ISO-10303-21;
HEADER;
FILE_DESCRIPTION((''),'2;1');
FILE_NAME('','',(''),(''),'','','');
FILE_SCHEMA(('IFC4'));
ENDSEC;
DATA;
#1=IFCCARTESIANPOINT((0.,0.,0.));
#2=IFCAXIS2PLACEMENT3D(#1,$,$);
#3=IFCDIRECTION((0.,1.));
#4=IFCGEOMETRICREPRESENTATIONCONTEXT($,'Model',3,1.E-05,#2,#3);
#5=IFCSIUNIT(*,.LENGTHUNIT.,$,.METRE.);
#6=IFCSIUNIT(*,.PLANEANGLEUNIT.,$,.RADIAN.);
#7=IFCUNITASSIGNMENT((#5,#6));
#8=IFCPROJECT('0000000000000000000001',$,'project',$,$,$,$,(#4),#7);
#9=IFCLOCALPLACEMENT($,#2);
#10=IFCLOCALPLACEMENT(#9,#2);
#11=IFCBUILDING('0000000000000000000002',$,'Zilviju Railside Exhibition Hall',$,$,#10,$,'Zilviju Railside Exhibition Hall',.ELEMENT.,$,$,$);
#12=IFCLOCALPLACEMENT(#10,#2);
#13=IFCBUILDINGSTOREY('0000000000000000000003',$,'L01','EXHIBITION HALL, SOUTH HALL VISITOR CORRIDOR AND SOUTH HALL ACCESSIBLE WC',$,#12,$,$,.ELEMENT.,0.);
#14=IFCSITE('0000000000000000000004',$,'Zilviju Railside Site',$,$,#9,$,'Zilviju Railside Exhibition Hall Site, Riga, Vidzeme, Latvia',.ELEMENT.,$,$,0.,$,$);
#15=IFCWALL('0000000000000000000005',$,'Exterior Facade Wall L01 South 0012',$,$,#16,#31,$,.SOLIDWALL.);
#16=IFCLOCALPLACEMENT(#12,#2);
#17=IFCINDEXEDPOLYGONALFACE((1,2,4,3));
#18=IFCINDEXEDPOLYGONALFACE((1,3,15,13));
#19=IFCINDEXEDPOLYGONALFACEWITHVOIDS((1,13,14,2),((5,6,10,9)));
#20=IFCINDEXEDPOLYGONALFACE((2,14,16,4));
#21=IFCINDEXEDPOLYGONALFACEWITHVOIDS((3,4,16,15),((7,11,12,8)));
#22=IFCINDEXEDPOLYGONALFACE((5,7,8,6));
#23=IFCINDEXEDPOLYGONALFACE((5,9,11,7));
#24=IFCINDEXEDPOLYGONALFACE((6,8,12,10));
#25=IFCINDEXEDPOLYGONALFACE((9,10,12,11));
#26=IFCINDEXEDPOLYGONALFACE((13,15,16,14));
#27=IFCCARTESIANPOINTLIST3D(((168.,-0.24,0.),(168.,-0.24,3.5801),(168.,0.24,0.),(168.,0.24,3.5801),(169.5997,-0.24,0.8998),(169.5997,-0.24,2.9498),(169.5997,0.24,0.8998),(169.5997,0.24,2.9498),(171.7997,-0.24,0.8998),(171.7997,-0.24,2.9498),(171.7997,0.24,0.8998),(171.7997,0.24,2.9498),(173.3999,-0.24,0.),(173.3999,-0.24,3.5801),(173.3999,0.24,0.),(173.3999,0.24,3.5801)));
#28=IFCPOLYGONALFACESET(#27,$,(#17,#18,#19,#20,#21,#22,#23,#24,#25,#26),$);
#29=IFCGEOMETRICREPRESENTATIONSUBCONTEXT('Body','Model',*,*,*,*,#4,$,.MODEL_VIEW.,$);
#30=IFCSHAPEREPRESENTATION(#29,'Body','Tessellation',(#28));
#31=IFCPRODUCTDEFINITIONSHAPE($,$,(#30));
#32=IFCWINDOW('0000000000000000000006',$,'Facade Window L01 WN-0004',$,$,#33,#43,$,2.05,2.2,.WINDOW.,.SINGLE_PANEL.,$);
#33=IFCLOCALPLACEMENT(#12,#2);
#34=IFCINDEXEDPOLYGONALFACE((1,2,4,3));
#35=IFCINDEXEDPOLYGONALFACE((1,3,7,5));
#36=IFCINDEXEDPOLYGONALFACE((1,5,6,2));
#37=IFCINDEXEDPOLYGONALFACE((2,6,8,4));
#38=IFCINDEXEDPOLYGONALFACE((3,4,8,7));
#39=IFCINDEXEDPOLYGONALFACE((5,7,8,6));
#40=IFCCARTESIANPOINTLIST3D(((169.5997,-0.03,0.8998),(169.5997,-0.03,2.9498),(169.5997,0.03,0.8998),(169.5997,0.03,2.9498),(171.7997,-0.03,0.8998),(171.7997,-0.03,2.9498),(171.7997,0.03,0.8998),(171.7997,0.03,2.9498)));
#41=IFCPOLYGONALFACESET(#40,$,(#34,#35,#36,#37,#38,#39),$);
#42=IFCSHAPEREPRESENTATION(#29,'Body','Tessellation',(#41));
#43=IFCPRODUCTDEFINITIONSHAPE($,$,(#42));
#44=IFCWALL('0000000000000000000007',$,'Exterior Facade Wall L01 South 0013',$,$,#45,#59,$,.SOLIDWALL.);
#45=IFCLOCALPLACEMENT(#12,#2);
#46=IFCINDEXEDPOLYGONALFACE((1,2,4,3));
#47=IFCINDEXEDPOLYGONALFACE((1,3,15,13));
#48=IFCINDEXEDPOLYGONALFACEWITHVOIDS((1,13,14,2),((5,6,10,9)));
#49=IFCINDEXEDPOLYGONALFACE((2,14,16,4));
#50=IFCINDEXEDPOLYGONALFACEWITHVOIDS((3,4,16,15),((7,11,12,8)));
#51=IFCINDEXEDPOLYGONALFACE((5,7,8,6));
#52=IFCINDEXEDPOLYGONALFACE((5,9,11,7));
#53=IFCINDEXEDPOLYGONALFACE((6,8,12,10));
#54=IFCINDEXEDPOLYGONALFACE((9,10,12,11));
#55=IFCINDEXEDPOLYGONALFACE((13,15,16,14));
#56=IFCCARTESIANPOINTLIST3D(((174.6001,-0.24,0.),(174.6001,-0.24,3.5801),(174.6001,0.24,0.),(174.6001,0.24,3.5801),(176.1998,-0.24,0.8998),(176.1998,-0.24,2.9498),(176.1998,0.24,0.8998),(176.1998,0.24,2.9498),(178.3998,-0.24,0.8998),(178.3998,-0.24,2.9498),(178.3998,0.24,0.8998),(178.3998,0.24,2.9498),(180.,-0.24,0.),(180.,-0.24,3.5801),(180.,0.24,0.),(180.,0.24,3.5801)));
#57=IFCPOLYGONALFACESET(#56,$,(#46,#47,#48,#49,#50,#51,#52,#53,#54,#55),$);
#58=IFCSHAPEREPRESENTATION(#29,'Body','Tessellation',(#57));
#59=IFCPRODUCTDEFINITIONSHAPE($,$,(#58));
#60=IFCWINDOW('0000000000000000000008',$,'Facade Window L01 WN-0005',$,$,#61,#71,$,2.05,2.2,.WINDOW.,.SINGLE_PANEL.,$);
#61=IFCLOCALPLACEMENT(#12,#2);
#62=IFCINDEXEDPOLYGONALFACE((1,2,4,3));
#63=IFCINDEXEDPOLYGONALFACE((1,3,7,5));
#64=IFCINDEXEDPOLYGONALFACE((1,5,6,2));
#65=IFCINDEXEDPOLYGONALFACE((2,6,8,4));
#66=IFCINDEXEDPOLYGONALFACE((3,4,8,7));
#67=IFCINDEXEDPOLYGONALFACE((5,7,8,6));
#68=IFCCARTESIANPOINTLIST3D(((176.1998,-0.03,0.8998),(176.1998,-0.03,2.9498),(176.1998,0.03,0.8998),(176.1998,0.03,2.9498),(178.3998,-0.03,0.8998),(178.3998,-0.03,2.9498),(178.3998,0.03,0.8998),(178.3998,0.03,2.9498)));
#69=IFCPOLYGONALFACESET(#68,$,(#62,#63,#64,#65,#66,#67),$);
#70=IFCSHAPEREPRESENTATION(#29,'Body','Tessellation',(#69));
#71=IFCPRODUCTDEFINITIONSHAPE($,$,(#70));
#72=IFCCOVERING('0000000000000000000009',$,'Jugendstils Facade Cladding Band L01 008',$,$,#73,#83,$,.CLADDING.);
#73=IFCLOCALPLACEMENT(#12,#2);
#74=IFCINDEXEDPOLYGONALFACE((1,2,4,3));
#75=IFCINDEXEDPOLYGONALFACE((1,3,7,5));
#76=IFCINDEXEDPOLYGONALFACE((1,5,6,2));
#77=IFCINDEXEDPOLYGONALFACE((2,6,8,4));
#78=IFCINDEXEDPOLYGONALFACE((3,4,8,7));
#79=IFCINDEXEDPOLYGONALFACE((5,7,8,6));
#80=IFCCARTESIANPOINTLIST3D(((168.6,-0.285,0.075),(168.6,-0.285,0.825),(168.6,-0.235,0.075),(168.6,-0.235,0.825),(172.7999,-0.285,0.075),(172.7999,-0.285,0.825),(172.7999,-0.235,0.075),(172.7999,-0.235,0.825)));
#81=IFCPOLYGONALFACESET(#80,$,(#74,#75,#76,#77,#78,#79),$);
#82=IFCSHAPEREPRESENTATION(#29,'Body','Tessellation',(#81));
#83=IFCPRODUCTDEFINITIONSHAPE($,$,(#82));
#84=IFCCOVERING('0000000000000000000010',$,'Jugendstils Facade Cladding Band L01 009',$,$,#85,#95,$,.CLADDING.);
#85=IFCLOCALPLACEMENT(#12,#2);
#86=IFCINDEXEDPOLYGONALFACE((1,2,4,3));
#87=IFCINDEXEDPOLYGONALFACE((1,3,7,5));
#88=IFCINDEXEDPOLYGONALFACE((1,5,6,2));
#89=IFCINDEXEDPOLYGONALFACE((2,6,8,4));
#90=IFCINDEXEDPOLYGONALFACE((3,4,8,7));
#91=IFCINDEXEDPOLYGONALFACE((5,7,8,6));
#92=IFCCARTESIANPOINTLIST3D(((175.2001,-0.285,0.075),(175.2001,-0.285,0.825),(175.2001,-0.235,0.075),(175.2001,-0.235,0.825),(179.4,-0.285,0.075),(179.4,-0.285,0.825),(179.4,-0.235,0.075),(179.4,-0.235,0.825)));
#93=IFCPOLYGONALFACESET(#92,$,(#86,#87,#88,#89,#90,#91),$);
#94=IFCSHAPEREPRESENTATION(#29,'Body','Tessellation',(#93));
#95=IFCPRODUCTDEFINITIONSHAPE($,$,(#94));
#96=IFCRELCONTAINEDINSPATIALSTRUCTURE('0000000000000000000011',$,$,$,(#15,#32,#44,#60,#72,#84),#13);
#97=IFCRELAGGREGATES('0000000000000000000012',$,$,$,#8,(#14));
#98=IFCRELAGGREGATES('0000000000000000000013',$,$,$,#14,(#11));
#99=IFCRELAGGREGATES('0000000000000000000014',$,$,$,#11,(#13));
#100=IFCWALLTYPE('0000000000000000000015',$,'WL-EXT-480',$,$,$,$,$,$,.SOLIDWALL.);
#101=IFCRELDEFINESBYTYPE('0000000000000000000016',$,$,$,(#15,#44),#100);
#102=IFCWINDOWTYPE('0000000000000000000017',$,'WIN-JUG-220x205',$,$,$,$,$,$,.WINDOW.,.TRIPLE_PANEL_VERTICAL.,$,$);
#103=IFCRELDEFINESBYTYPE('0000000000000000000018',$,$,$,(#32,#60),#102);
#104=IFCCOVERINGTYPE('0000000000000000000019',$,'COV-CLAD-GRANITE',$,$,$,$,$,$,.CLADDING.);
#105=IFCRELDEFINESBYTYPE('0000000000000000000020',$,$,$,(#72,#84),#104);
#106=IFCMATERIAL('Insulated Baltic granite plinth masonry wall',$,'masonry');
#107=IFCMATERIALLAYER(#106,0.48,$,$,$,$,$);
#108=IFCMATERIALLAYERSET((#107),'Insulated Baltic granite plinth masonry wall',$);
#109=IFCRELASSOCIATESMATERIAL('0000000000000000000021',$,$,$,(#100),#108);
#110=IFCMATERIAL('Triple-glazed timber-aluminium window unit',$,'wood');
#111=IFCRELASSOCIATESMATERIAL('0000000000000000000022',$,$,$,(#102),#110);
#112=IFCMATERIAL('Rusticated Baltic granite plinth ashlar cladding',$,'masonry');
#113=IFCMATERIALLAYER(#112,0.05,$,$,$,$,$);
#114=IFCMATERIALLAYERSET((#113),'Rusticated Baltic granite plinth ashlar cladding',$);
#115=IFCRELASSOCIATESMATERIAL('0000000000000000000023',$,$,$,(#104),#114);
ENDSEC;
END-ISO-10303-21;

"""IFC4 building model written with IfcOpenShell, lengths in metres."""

from ifc_helpers import new_model, si_unit, direction, frame, frame_2d, origin, origin_2d, place, context, subcontext, project, spatial, rectangle, extrude, material, layer, layer_set, type_object, element, fill, save


model = new_model("IFC4")

# Units and contexts
model_context = context("Model", 3, precision=1e-05, world=origin(), true_north=direction((0.0, 1.0)))
body_context = subcontext(model_context, "Body", "Model", "MODEL_VIEW")
ifc_project = project(units=[si_unit("LENGTHUNIT", "METRE"), si_unit("PLANEANGLEUNIT", "RADIAN")], contexts=[model_context])

# Site, building, storey
site_placement = place(None, origin())
site = spatial("IfcSite", under=ifc_project, at=site_placement, Name="Zilviju Railside Site", LongName="Zilviju Railside Exhibition Hall Site, Riga, Vidzeme, Latvia", CompositionType="ELEMENT", RefElevation=0.0)
building_placement = place(site_placement, origin())
building = spatial("IfcBuilding", under=site, at=building_placement, Name="Zilviju Railside Exhibition Hall", LongName="Zilviju Railside Exhibition Hall", CompositionType="ELEMENT")
storey_placement = place(building_placement, origin())
storey = spatial("IfcBuildingStorey", under=building, at=storey_placement, Name="L01", Description="EXHIBITION HALL, SOUTH HALL VISITOR CORRIDOR AND SOUTH HALL ACCESSIBLE WC", CompositionType="ELEMENT", Elevation=0.0)

# Shared definitions
ifc_material_1 = material(Name="Insulated Baltic granite plinth masonry wall", Category="masonry")
ifc_layer_1 = layer(ifc_material_1, 0.48)
ifc_layer_set_1 = layer_set([ifc_layer_1], Name="Insulated Baltic granite plinth masonry wall")
wall_type_1 = type_object("IfcWallType", Name="WL-EXT-480", PredefinedType="SOLIDWALL", material=ifc_layer_set_1)

# Walls, openings, windows
wall_1_placement = place(storey_placement, frame((173.3999, 0.0, 0.0), z_axis=(0.0, 0.0, 1.0), x_axis=(-1.0, 0.0, 0.0)))
wall_1 = element("IfcWall", 1, at=wall_1_placement, inside=storey, type_object=wall_type_1, Name="Exterior Facade Wall L01 South 0012", PredefinedType="SOLIDWALL", context=body_context, shape_type="SweptSolid", body=[
    extrude(rectangle(XDim=5.3999, YDim=0.48, at=frame_2d((2.7, 0.0))), origin(), (0.0, 0.0, 1.0), 3.5801),
])
opening_1_placement = place(wall_1_placement, frame((1.6001, 0.0, 0.8999)))
opening_1 = element("IfcOpeningElement", 2, at=opening_1_placement, cuts=wall_1, PredefinedType="OPENING", context=body_context, shape_type="SweptSolid", body=[
    extrude(rectangle(XDim=2.2, YDim=2.05, at=frame_2d((1.1001, 1.0249))), frame((0.0, 0.25, 0.0), z_axis=(0.0, -1.0, 0.0), x_axis=(1.0, 0.0, 0.0)), (0.0, 0.0, 1.0), 0.5),
])
ifc_material_2 = material(Name="Triple-glazed timber-aluminium window unit", Category="wood")
window_type = type_object("IfcWindowType", Name="WIN-JUG-220x205", PartitioningType="TRIPLE_PANEL_VERTICAL", PredefinedType="WINDOW", material=ifc_material_2)
window_1_placement = place(opening_1_placement, origin())
window_1 = element("IfcWindow", 3, at=window_1_placement, inside=storey, type_object=window_type, Name="Facade Window L01 WN-0004", OverallHeight=2.05, OverallWidth=2.2, PartitioningType="SINGLE_PANEL", PredefinedType="WINDOW", context=body_context, shape_type="SweptSolid", body=[
    extrude(rectangle(XDim=2.2, YDim=2.05, at=frame_2d((1.1001, 1.0249))), frame((0.0, 0.03, 0.0), z_axis=(0.0, -1.0, 0.0), x_axis=(1.0, 0.0, 0.0)), (0.0, 0.0, 1.0), 0.0601),
])
fill(opening_1, window_1)
wall_2_placement = place(storey_placement, frame((180.0, 0.0, 0.0), z_axis=(0.0, 0.0, 1.0), x_axis=(-1.0, 0.0, 0.0)))
wall_2 = element("IfcWall", 4, at=wall_2_placement, inside=storey, type_object=wall_type_1, Name="Exterior Facade Wall L01 South 0013", PredefinedType="SOLIDWALL", context=body_context, shape_type="SweptSolid", body=[
    extrude(rectangle(XDim=5.3999, YDim=0.48, at=frame_2d((2.7, 0.0))), origin(), (0.0, 0.0, 1.0), 3.5801),
])
opening_2_placement = place(wall_2_placement, frame((1.6001, 0.0, 0.8999)))
opening_2 = element("IfcOpeningElement", 5, at=opening_2_placement, cuts=wall_2, PredefinedType="OPENING", context=body_context, shape_type="SweptSolid", body=[
    extrude(rectangle(XDim=2.2, YDim=2.05, at=frame_2d((1.1001, 1.0249))), frame((0.0, 0.25, 0.0), z_axis=(0.0, -1.0, 0.0), x_axis=(1.0, 0.0, 0.0)), (0.0, 0.0, 1.0), 0.5),
])
window_2_placement = place(opening_2_placement, origin())
window_2 = element("IfcWindow", 6, at=window_2_placement, inside=storey, type_object=window_type, Name="Facade Window L01 WN-0005", OverallHeight=2.05, OverallWidth=2.2, PartitioningType="SINGLE_PANEL", PredefinedType="WINDOW", context=body_context, shape_type="SweptSolid", body=[
    extrude(rectangle(XDim=2.2, YDim=2.05, at=frame_2d((1.1001, 1.0249))), frame((0.0, 0.03, 0.0), z_axis=(0.0, -1.0, 0.0), x_axis=(1.0, 0.0, 0.0)), (0.0, 0.0, 1.0), 0.0601),
])
fill(opening_2, window_2)

# Coverings
ifc_material_3 = material(Name="Rusticated Baltic granite plinth ashlar cladding", Category="masonry")
ifc_layer_2 = layer(ifc_material_3, 0.05)
ifc_layer_set_2 = layer_set([ifc_layer_2], Name="Rusticated Baltic granite plinth ashlar cladding")
covering_type = type_object("IfcCoveringType", Name="COV-CLAD-GRANITE", PredefinedType="CLADDING", material=ifc_layer_set_2)
for number, where, z_axis, x_axis, name in (
    (7, (170.7, -0.26, 0.075), (0.0, 0.0, 1.0), (-1.0, 0.0, 0.0), "Jugendstils Facade Cladding Band L01 008"),
    (8, (177.3, -0.26, 0.075), (0.0, 0.0, 1.0), (-1.0, 0.0, 0.0), "Jugendstils Facade Cladding Band L01 009"),
):
    element("IfcCovering", number, at=place(storey_placement, frame(where, z_axis=z_axis, x_axis=x_axis)), inside=storey, type_object=covering_type, Name=name, PredefinedType="CLADDING", context=body_context, shape_type="SweptSolid", body=[
        extrude(rectangle(XDim=4.2, YDim=0.05, at=origin_2d()), origin(), (0.0, 0.0, 1.0), 0.75),
    ])

save(model, "model.ifc")
